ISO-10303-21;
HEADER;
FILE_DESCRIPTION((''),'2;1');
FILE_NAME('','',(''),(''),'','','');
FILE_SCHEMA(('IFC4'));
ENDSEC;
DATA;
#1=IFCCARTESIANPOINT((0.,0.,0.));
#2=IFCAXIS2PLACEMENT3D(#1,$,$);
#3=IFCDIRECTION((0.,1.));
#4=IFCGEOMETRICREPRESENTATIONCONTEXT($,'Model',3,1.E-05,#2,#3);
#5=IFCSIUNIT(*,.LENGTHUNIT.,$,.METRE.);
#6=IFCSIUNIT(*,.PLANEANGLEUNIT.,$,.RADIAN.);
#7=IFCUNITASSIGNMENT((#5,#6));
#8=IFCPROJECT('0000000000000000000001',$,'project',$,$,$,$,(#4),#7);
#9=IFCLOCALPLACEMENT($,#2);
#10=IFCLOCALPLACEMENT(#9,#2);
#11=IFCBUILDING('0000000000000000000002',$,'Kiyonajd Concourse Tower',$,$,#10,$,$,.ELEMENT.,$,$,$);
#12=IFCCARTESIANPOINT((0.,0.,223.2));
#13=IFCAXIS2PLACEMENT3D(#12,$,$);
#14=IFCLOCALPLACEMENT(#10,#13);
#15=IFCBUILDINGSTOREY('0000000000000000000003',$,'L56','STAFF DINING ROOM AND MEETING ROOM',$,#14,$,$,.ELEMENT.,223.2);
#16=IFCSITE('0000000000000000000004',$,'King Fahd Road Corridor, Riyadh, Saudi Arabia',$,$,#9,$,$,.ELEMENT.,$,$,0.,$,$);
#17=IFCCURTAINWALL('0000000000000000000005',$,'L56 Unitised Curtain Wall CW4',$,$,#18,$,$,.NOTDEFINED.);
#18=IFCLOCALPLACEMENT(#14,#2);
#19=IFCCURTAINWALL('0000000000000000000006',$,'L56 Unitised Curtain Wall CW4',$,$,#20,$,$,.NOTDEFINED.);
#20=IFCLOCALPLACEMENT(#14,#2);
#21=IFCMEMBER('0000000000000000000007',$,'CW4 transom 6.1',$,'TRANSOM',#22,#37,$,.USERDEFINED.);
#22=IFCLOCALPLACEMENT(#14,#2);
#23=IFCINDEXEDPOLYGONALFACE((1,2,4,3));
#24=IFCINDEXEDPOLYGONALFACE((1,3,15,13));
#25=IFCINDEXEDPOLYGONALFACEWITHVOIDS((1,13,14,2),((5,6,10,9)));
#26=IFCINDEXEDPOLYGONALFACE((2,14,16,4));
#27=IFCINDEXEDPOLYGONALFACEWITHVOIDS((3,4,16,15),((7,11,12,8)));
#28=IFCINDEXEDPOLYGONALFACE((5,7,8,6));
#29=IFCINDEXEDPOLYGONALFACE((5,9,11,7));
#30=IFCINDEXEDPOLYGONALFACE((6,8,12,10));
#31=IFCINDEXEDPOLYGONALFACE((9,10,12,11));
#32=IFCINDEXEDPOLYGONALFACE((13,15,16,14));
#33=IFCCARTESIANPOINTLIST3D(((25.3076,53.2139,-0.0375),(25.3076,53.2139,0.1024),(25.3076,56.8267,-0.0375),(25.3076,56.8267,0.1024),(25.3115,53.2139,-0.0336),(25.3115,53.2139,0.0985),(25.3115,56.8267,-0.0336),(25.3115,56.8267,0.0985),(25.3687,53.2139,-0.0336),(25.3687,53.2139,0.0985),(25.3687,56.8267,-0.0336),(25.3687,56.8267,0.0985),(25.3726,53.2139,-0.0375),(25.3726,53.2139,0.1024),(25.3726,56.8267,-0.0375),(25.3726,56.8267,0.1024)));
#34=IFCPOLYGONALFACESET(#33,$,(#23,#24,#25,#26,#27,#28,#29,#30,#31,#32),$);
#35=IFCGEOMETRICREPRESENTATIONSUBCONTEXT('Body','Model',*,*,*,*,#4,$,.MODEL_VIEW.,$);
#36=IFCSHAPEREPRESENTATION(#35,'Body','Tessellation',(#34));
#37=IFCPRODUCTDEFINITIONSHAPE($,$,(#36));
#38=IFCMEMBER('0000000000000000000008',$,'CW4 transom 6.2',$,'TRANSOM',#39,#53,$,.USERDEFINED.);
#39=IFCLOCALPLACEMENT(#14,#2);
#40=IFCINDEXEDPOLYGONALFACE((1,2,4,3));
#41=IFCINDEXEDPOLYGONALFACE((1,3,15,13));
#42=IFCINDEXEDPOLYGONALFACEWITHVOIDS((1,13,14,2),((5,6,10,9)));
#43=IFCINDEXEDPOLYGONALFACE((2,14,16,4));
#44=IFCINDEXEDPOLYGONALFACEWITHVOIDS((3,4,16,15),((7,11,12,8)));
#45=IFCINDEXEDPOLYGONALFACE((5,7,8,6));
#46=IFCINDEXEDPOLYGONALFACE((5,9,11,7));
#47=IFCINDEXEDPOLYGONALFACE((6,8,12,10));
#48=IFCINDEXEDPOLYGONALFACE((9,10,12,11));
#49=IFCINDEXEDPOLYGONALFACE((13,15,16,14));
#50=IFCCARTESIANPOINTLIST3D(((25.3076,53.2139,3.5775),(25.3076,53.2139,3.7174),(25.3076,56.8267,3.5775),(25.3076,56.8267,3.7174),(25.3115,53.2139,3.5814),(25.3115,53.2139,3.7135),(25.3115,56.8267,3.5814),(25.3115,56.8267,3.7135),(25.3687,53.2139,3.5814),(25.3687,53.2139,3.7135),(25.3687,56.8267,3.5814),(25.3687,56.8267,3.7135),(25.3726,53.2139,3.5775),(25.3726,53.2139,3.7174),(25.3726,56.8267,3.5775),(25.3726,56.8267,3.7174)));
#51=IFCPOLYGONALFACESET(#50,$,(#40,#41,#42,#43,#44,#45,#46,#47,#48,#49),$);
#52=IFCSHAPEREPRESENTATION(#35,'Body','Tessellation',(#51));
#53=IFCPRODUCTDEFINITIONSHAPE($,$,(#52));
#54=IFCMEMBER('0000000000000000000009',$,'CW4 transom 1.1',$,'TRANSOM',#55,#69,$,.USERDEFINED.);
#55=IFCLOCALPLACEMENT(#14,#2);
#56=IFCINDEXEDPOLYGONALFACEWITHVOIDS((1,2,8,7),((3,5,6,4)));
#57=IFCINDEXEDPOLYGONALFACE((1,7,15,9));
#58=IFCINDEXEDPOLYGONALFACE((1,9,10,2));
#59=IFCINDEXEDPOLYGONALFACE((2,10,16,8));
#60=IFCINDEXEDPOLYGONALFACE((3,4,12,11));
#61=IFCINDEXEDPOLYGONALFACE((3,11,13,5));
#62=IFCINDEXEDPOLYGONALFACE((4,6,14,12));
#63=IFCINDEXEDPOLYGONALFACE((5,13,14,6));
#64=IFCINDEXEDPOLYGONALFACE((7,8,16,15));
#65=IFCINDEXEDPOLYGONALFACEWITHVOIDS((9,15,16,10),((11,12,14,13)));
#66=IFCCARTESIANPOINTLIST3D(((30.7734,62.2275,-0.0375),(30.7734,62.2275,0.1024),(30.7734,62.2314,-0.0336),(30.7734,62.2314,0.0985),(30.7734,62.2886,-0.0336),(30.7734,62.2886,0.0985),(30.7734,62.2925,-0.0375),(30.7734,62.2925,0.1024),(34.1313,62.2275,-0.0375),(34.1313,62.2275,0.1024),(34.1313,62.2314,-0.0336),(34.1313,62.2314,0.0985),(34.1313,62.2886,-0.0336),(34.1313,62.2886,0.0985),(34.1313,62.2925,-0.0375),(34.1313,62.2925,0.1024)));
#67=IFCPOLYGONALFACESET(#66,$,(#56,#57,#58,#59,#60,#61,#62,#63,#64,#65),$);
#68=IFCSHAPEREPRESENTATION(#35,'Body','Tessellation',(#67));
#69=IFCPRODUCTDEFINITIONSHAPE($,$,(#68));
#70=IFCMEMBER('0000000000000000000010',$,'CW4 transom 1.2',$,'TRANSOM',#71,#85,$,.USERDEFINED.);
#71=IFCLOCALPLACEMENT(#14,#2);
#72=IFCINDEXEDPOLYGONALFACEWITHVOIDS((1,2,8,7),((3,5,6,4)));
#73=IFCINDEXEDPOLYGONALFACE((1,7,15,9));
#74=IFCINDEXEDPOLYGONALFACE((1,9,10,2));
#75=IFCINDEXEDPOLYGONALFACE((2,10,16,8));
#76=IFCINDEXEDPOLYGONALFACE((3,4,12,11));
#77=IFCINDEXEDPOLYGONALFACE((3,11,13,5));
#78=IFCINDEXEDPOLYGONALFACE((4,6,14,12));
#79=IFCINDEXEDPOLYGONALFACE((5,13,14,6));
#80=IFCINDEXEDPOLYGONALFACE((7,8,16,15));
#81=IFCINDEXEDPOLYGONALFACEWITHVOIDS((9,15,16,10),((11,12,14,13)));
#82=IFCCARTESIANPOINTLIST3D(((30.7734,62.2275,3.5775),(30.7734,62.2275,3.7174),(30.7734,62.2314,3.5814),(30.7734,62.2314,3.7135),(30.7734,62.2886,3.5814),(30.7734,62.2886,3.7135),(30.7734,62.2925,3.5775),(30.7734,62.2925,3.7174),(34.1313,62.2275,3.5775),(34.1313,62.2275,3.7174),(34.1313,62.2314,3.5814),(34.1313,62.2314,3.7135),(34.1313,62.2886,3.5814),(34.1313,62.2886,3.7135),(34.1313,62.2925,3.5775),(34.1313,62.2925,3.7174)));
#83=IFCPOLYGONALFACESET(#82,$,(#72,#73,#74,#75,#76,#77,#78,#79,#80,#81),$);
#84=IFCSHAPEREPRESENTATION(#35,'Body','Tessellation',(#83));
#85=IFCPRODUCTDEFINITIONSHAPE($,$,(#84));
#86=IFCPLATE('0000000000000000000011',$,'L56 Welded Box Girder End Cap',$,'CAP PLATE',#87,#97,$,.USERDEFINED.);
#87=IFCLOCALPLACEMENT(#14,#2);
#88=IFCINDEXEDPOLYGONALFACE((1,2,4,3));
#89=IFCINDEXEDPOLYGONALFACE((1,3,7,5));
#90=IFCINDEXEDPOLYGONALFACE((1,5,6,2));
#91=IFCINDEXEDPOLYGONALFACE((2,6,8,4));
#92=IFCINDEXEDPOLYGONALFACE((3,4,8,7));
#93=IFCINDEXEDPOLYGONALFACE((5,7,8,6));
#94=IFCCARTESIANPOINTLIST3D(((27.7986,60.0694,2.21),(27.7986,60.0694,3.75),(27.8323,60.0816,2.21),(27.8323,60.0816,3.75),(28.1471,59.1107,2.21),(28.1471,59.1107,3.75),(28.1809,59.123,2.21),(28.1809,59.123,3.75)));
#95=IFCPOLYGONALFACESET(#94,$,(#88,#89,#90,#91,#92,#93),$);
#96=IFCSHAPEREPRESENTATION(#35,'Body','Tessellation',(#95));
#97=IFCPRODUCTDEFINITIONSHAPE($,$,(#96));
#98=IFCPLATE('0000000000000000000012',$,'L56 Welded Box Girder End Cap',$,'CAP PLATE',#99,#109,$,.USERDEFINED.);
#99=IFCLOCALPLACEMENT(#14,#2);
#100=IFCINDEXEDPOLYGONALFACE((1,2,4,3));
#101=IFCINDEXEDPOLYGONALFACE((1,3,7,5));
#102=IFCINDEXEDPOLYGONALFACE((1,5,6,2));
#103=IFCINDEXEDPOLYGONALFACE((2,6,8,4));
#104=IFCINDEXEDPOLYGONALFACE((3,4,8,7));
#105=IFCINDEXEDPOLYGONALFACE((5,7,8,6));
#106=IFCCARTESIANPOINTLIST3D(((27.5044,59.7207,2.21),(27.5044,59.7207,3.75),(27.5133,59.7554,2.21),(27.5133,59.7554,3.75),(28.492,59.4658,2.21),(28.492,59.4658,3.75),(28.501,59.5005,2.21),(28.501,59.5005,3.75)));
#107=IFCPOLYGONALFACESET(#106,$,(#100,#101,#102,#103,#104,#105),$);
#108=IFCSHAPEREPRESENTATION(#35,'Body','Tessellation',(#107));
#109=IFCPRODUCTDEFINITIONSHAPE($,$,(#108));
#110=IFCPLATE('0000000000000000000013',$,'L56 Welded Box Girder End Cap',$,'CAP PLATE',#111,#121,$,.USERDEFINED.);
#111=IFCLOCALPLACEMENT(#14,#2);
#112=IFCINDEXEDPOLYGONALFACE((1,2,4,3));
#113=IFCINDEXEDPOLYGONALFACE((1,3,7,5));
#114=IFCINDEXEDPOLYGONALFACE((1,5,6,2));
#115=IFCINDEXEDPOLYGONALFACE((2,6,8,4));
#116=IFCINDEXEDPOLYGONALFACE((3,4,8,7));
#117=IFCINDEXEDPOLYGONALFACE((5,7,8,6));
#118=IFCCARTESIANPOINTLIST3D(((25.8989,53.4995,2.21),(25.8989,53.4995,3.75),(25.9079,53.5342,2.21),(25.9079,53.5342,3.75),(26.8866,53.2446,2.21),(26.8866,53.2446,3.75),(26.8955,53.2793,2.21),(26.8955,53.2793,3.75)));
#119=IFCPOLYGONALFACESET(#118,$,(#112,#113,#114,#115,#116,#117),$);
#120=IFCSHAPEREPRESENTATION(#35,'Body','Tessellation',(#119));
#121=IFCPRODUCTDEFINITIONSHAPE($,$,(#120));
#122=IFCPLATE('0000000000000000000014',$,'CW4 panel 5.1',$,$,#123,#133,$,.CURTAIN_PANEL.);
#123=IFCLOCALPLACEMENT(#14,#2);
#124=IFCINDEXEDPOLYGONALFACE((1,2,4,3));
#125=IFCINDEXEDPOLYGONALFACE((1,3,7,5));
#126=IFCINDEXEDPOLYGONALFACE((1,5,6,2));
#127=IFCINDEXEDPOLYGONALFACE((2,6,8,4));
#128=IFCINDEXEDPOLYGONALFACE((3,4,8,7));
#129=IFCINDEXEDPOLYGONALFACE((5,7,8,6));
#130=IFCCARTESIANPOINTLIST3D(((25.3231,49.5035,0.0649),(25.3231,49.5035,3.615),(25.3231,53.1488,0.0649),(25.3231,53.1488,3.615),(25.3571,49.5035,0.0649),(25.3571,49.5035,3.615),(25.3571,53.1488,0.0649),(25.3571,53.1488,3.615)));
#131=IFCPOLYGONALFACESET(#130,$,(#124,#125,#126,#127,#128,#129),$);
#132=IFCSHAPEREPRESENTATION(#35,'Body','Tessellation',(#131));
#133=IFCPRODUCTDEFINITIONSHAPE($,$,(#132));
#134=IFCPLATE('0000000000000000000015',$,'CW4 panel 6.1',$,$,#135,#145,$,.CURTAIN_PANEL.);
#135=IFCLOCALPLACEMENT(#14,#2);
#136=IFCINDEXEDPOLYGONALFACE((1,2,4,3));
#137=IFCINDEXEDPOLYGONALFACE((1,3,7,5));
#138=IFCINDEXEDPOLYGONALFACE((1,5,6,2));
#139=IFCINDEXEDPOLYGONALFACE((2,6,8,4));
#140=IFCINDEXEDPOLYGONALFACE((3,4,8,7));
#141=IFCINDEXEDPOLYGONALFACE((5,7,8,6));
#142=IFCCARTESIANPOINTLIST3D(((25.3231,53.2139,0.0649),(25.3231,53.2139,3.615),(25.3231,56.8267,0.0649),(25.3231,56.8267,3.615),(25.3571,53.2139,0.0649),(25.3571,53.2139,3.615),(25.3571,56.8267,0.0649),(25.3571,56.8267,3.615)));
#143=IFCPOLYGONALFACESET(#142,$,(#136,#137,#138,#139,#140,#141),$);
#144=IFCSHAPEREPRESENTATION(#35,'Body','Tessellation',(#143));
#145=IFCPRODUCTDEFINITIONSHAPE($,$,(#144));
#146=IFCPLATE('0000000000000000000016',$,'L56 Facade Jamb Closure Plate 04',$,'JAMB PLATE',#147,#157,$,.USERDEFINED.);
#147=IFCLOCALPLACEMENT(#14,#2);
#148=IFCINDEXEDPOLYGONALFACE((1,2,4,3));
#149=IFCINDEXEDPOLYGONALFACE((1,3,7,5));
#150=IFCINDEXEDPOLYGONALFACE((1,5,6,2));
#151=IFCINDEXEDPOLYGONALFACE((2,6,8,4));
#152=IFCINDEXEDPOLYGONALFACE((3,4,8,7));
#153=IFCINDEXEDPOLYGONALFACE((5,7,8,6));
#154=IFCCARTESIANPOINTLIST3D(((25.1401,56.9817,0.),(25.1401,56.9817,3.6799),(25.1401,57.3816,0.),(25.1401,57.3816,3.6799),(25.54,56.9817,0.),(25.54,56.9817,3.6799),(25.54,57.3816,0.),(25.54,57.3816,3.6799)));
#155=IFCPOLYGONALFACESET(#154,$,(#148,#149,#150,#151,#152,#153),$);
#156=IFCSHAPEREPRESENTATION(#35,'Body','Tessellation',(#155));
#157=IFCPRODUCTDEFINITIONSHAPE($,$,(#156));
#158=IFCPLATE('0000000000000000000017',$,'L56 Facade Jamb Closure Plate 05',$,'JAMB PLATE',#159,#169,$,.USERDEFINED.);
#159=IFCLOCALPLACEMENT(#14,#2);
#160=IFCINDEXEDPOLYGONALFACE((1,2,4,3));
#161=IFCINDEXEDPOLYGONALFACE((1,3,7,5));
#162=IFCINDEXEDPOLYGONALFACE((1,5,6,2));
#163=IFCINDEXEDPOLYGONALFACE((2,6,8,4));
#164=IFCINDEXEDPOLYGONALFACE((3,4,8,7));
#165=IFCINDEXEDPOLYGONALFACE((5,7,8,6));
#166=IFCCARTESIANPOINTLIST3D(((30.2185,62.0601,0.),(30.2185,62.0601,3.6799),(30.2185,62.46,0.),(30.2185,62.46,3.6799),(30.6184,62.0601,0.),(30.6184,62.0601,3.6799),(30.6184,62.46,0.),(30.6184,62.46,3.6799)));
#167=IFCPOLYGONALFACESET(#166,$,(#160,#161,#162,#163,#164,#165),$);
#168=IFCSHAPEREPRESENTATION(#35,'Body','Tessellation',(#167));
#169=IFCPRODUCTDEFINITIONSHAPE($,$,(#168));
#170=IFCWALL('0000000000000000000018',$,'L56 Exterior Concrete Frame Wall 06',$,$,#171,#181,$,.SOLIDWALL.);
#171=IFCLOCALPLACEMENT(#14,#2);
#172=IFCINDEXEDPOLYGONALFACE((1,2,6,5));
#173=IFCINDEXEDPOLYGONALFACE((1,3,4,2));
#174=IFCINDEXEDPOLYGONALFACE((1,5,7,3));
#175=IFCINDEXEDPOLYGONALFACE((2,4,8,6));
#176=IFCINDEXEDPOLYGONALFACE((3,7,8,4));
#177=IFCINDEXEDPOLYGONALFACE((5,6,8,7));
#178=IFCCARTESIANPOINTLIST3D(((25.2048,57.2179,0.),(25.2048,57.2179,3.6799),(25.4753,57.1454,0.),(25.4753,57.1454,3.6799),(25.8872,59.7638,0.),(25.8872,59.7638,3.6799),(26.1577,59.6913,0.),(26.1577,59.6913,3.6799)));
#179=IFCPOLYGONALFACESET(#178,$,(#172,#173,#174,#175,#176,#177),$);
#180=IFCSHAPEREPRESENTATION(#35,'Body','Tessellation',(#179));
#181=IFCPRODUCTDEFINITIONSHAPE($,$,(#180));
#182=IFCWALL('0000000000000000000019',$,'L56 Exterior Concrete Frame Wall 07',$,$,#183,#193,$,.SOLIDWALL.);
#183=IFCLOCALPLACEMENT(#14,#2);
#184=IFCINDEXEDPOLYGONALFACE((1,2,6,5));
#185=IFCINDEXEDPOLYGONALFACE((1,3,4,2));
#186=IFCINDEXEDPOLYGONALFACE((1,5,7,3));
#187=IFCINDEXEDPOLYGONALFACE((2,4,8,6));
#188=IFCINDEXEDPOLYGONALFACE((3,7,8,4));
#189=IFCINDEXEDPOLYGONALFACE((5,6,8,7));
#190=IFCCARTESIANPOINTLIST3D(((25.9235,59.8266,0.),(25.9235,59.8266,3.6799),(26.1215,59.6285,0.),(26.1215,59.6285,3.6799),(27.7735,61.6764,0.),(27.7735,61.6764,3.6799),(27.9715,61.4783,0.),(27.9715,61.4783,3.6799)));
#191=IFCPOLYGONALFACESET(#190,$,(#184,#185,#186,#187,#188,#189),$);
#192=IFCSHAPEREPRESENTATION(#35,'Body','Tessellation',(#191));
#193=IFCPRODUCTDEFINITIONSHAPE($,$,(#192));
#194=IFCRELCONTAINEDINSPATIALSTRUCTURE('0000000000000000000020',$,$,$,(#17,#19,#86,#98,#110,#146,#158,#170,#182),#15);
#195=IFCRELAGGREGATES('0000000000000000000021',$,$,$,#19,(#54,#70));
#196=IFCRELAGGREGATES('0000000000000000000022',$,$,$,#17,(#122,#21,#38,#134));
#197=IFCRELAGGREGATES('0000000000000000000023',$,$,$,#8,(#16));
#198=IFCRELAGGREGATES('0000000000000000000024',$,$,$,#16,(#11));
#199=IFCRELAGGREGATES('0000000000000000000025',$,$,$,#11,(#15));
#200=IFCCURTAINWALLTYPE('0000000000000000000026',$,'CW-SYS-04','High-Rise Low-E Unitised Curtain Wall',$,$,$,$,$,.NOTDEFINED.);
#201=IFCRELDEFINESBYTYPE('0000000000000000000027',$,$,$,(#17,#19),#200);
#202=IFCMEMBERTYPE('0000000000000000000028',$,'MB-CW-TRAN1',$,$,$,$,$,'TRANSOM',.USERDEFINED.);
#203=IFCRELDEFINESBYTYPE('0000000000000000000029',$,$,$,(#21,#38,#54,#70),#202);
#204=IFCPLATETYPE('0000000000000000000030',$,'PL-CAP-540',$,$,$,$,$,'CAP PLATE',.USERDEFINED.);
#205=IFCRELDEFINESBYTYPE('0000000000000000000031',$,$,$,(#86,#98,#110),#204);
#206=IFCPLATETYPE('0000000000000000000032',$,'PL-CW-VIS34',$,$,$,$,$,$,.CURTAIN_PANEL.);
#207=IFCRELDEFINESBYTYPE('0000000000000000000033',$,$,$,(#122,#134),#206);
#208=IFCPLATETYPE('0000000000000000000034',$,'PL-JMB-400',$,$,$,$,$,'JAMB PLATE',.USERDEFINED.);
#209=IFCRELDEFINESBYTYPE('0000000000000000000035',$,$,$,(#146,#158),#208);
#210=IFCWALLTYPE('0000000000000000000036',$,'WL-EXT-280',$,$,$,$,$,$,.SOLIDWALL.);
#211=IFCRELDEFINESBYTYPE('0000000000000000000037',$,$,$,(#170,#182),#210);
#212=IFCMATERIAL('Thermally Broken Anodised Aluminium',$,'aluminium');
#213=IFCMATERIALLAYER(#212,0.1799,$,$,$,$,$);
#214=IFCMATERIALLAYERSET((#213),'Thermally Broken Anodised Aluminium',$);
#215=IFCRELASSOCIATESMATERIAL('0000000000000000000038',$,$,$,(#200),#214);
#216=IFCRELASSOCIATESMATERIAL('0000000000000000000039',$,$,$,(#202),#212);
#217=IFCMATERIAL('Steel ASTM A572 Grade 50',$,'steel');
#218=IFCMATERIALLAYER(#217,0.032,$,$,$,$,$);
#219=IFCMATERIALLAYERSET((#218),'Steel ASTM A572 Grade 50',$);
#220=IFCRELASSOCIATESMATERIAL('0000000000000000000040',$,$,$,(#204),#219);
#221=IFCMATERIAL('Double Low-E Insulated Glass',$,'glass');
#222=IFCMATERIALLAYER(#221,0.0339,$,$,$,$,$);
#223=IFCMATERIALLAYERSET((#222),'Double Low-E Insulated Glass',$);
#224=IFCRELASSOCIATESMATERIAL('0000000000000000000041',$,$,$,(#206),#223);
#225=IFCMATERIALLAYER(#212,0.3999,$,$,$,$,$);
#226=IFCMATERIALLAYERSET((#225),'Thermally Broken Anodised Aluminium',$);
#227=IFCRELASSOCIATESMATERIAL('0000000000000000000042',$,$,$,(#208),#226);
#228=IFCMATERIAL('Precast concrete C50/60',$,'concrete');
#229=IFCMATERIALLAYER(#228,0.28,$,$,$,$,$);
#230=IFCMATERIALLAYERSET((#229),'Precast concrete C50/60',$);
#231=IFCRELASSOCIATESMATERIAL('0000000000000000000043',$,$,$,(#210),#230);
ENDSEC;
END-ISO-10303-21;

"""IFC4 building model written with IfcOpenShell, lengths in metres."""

from ifc_helpers import new_model, si_unit, direction, frame, frame_2d, origin, origin_2d, place, context, subcontext, project, spatial, rectangle, hollow_rectangle, extrude, material, layer, layer_set, material_profile, profile_set, type_object, element, aggregate, save


model = new_model("IFC4")

# Units and contexts
model_context = context("Model", 3, precision=1e-05, world=origin(), true_north=direction((0.0, 1.0)))
body_context = subcontext(model_context, "Body", "Model", "MODEL_VIEW")
ifc_project = project(units=[si_unit("LENGTHUNIT", "METRE"), si_unit("PLANEANGLEUNIT", "RADIAN")], contexts=[model_context])

# Site, building, storey
site_placement = place(None, origin())
site = spatial("IfcSite", under=ifc_project, at=site_placement, Name="King Fahd Road Corridor, Riyadh, Saudi Arabia", CompositionType="ELEMENT", RefElevation=0.0)
building_placement = place(site_placement, origin())
building = spatial("IfcBuilding", under=site, at=building_placement, Name="Kiyonajd Concourse Tower", CompositionType="ELEMENT")
storey_placement = place(building_placement, frame((0.0, 0.0, 223.2)))
storey = spatial("IfcBuildingStorey", under=building, at=storey_placement, Name="L56", Description="STAFF DINING ROOM AND MEETING ROOM", CompositionType="ELEMENT", Elevation=223.2)

# Shared definitions
ifc_material_1 = material(Name="Steel ASTM A572 Grade 50", Category="steel")

# Curtain wall
ifc_material_2 = material(Name="Thermally Broken Anodised Aluminium", Category="aluminium")
ifc_layer_1 = layer(ifc_material_2, 0.1799)
ifc_layer_set_1 = layer_set([ifc_layer_1], Name="Thermally Broken Anodised Aluminium")
curtain_wall_type = type_object("IfcCurtainWallType", Name="CW-SYS-04", Description="High-Rise Low-E Unitised Curtain Wall", PredefinedType="NOTDEFINED", material=ifc_layer_set_1)
curtain_wall_1_placement = place(storey_placement, origin())
curtain_wall_1 = element("IfcCurtainWall", 1, at=curtain_wall_1_placement, inside=storey, type_object=curtain_wall_type, Name="L56 Unitised Curtain Wall CW4", PredefinedType="NOTDEFINED")

# Curtain wall
curtain_wall_2_placement = place(storey_placement, origin())
curtain_wall_2 = element("IfcCurtainWall", 2, at=curtain_wall_2_placement, inside=storey, type_object=curtain_wall_type, Name="L56 Unitised Curtain Wall CW4", PredefinedType="NOTDEFINED")

# Members
ifc_material_profile_1 = material_profile(ifc_material_2, hollow_rectangle(XDim=0.0649, YDim=0.1399, WallThickness=0.0039, at=origin_2d()), Name="TRAN-65x140")
ifc_profile_set_1 = profile_set([ifc_material_profile_1], Name="Thermally Broken Anodised Aluminium")
member_type_1 = type_object("IfcMemberType", Name="MB-CW-TRAN1", ElementType="TRANSOM", PredefinedType="USERDEFINED", material=ifc_profile_set_1)
member_1_placement = place(storey_placement, frame((25.3401, 53.2139, 0.0325), z_axis=(0.0, 1.0, 0.0), x_axis=(-1.0, 0.0, 0.0)))
member_1 = element("IfcMember", 3, at=member_1_placement, type_object=member_type_1, Name="CW4 transom 6.1", ObjectType="TRANSOM", PredefinedType="USERDEFINED", context=body_context, shape_type="SweptSolid", body=[
    extrude(hollow_rectangle(XDim=0.0649, YDim=0.1399, WallThickness=0.0039, at=origin_2d()), origin(), (0.0, 0.0, 1.0), 3.6128),
])
member_2_placement = place(storey_placement, frame((25.3401, 53.2139, 3.6475), z_axis=(0.0, 1.0, 0.0), x_axis=(-1.0, 0.0, 0.0)))
member_2 = element("IfcMember", 4, at=member_2_placement, type_object=member_type_1, Name="CW4 transom 6.2", ObjectType="TRANSOM", PredefinedType="USERDEFINED", context=body_context, shape_type="SweptSolid", body=[
    extrude(hollow_rectangle(XDim=0.0649, YDim=0.1399, WallThickness=0.0039, at=origin_2d()), origin(), (0.0, 0.0, 1.0), 3.6128),
])
member_3_placement = place(storey_placement, frame((30.7734, 62.26, 0.0325), z_axis=(1.0, 0.0, 0.0), x_axis=(0.0, 1.0, 0.0)))
member_3 = element("IfcMember", 5, at=member_3_placement, type_object=member_type_1, Name="CW4 transom 1.1", ObjectType="TRANSOM", PredefinedType="USERDEFINED", context=body_context, shape_type="SweptSolid", body=[
    extrude(hollow_rectangle(XDim=0.0649, YDim=0.1399, WallThickness=0.0039, at=origin_2d()), origin(), (0.0, 0.0, 1.0), 3.3579),
])
member_4_placement = place(storey_placement, frame((30.7734, 62.26, 3.6475), z_axis=(1.0, 0.0, 0.0), x_axis=(0.0, 1.0, 0.0)))
member_4 = element("IfcMember", 6, at=member_4_placement, type_object=member_type_1, Name="CW4 transom 1.2", ObjectType="TRANSOM", PredefinedType="USERDEFINED", context=body_context, shape_type="SweptSolid", body=[
    extrude(hollow_rectangle(XDim=0.0649, YDim=0.1399, WallThickness=0.0039, at=origin_2d()), origin(), (0.0, 0.0, 1.0), 3.3579),
])
aggregate(curtain_wall_2, [member_3, member_4])

# Plates
ifc_layer_2 = layer(ifc_material_1, 0.032)
ifc_layer_set_2 = layer_set([ifc_layer_2], Name="Steel ASTM A572 Grade 50")
plate_type_1 = type_object("IfcPlateType", Name="PL-CAP-540", ElementType="CAP PLATE", PredefinedType="USERDEFINED", material=ifc_layer_set_2)
for number, where, z_axis, x_axis, name in (
    (7, (27.9897, 59.5962, 2.21), (0.0, 0.0, 1.0), (-0.939812, -0.341692, 0.0), "L56 Welded Box Girder End Cap"),
    (8, (28.0027, 59.6106, 2.21), (0.0, 0.0, 1.0), (0.249873, 0.968279, 0.0), "L56 Welded Box Girder End Cap"),
    (9, (26.3972, 53.3894, 2.21), (0.0, 0.0, 1.0), (-0.249873, -0.968279, 0.0), "L56 Welded Box Girder End Cap"),
):
    element("IfcPlate", number, at=place(storey_placement, frame(where, z_axis=z_axis, x_axis=x_axis)), inside=storey, type_object=plate_type_1, Name=name, ObjectType="CAP PLATE", PredefinedType="USERDEFINED", context=body_context, shape_type="SweptSolid", body=[
        extrude(rectangle(XDim=0.0359, YDim=1.02, at=origin_2d()), origin(), (0.0, 0.0, 1.0), 1.54),
    ])

# Plates
ifc_material_3 = material(Name="Double Low-E Insulated Glass", Category="glass")
ifc_layer_3 = layer(ifc_material_3, 0.0339)
ifc_layer_set_3 = layer_set([ifc_layer_3], Name="Double Low-E Insulated Glass")
plate_type_2 = type_object("IfcPlateType", Name="PL-CW-VIS34", PredefinedType="CURTAIN_PANEL", material=ifc_layer_set_3)
plate_1_placement = place(storey_placement, frame((25.3401, 51.3262, 0.0649), z_axis=(0.0, 0.0, 1.0), x_axis=(0.0, 1.0, 0.0)))
plate_1 = element("IfcPlate", 10, at=plate_1_placement, type_object=plate_type_2, Name="CW4 panel 5.1", PredefinedType="CURTAIN_PANEL", context=body_context, shape_type="SweptSolid", body=[
    extrude(rectangle(XDim=3.6453, YDim=0.0339, at=origin_2d()), origin(), (0.0, 0.0, 1.0), 3.55),
])
plate_2_placement = place(storey_placement, frame((25.3401, 55.0203, 0.0649), z_axis=(0.0, 0.0, 1.0), x_axis=(0.0, 1.0, 0.0)))
plate_2 = element("IfcPlate", 11, at=plate_2_placement, type_object=plate_type_2, Name="CW4 panel 6.1", PredefinedType="CURTAIN_PANEL", context=body_context, shape_type="SweptSolid", body=[
    extrude(rectangle(XDim=3.6128, YDim=0.0339, at=origin_2d()), origin(), (0.0, 0.0, 1.0), 3.55),
])
aggregate(curtain_wall_1, [plate_1, member_1, member_2, plate_2])

# Plates
ifc_layer_4 = layer(ifc_material_2, 0.3999)
ifc_layer_set_4 = layer_set([ifc_layer_4], Name="Thermally Broken Anodised Aluminium")
plate_type_3 = type_object("IfcPlateType", Name="PL-JMB-400", ElementType="JAMB PLATE", PredefinedType="USERDEFINED", material=ifc_layer_set_4)
for number, where, z_axis, x_axis, name in (
    (12, (25.3401, 57.1816, 0.0), (0.0, 0.0, 1.0), (1.0, 0.0, 0.0), "L56 Facade Jamb Closure Plate 04"),
    (13, (30.4185, 62.26, 0.0), (0.0, 0.0, 1.0), (1.0, 0.0, 0.0), "L56 Facade Jamb Closure Plate 05"),
):
    element("IfcPlate", number, at=place(storey_placement, frame(where, z_axis=z_axis, x_axis=x_axis)), inside=storey, type_object=plate_type_3, Name=name, ObjectType="JAMB PLATE", PredefinedType="USERDEFINED", context=body_context, shape_type="SweptSolid", body=[
        extrude(rectangle(XDim=0.3999, YDim=0.3999, at=origin_2d()), origin(), (0.0, 0.0, 1.0), 3.6799),
    ])

# Walls
ifc_material_4 = material(Name="Precast concrete C50/60", Category="concrete")
ifc_layer_5 = layer(ifc_material_4, 0.28)
ifc_layer_set_5 = layer_set([ifc_layer_5], Name="Precast concrete C50/60")
wall_type = type_object("IfcWallType", Name="WL-EXT-280", PredefinedType="SOLIDWALL", material=ifc_layer_set_5)
wall_1_placement = place(storey_placement, frame((25.3401, 57.1816, 0.0), z_axis=(0.0, 0.0, 1.0), x_axis=(0.25889, 0.965907, 0.0)))
element("IfcWall", 14, at=wall_1_placement, inside=storey, type_object=wall_type, Name="L56 Exterior Concrete Frame Wall 06", PredefinedType="SOLIDWALL", context=body_context, shape_type="SweptSolid", body=[
    extrude(rectangle(XDim=2.6357, YDim=0.28, at=frame_2d((1.3179, 0.0))), origin(), (0.0, 0.0, 1.0), 3.6799),
])
wall_2_placement = place(storey_placement, frame((26.0225, 59.7275, 0.0), z_axis=(0.0, 0.0, 1.0), x_axis=(0.707153, 0.70706, 0.0)))
element("IfcWall", 15, at=wall_2_placement, inside=storey, type_object=wall_type, Name="L56 Exterior Concrete Frame Wall 07", PredefinedType="SOLIDWALL", context=body_context, shape_type="SweptSolid", body=[
    extrude(rectangle(XDim=2.6162, YDim=0.28, at=frame_2d((1.3081, 0.0))), origin(), (0.0, 0.0, 1.0), 3.6799),
])

save(model, "model.ifc")
